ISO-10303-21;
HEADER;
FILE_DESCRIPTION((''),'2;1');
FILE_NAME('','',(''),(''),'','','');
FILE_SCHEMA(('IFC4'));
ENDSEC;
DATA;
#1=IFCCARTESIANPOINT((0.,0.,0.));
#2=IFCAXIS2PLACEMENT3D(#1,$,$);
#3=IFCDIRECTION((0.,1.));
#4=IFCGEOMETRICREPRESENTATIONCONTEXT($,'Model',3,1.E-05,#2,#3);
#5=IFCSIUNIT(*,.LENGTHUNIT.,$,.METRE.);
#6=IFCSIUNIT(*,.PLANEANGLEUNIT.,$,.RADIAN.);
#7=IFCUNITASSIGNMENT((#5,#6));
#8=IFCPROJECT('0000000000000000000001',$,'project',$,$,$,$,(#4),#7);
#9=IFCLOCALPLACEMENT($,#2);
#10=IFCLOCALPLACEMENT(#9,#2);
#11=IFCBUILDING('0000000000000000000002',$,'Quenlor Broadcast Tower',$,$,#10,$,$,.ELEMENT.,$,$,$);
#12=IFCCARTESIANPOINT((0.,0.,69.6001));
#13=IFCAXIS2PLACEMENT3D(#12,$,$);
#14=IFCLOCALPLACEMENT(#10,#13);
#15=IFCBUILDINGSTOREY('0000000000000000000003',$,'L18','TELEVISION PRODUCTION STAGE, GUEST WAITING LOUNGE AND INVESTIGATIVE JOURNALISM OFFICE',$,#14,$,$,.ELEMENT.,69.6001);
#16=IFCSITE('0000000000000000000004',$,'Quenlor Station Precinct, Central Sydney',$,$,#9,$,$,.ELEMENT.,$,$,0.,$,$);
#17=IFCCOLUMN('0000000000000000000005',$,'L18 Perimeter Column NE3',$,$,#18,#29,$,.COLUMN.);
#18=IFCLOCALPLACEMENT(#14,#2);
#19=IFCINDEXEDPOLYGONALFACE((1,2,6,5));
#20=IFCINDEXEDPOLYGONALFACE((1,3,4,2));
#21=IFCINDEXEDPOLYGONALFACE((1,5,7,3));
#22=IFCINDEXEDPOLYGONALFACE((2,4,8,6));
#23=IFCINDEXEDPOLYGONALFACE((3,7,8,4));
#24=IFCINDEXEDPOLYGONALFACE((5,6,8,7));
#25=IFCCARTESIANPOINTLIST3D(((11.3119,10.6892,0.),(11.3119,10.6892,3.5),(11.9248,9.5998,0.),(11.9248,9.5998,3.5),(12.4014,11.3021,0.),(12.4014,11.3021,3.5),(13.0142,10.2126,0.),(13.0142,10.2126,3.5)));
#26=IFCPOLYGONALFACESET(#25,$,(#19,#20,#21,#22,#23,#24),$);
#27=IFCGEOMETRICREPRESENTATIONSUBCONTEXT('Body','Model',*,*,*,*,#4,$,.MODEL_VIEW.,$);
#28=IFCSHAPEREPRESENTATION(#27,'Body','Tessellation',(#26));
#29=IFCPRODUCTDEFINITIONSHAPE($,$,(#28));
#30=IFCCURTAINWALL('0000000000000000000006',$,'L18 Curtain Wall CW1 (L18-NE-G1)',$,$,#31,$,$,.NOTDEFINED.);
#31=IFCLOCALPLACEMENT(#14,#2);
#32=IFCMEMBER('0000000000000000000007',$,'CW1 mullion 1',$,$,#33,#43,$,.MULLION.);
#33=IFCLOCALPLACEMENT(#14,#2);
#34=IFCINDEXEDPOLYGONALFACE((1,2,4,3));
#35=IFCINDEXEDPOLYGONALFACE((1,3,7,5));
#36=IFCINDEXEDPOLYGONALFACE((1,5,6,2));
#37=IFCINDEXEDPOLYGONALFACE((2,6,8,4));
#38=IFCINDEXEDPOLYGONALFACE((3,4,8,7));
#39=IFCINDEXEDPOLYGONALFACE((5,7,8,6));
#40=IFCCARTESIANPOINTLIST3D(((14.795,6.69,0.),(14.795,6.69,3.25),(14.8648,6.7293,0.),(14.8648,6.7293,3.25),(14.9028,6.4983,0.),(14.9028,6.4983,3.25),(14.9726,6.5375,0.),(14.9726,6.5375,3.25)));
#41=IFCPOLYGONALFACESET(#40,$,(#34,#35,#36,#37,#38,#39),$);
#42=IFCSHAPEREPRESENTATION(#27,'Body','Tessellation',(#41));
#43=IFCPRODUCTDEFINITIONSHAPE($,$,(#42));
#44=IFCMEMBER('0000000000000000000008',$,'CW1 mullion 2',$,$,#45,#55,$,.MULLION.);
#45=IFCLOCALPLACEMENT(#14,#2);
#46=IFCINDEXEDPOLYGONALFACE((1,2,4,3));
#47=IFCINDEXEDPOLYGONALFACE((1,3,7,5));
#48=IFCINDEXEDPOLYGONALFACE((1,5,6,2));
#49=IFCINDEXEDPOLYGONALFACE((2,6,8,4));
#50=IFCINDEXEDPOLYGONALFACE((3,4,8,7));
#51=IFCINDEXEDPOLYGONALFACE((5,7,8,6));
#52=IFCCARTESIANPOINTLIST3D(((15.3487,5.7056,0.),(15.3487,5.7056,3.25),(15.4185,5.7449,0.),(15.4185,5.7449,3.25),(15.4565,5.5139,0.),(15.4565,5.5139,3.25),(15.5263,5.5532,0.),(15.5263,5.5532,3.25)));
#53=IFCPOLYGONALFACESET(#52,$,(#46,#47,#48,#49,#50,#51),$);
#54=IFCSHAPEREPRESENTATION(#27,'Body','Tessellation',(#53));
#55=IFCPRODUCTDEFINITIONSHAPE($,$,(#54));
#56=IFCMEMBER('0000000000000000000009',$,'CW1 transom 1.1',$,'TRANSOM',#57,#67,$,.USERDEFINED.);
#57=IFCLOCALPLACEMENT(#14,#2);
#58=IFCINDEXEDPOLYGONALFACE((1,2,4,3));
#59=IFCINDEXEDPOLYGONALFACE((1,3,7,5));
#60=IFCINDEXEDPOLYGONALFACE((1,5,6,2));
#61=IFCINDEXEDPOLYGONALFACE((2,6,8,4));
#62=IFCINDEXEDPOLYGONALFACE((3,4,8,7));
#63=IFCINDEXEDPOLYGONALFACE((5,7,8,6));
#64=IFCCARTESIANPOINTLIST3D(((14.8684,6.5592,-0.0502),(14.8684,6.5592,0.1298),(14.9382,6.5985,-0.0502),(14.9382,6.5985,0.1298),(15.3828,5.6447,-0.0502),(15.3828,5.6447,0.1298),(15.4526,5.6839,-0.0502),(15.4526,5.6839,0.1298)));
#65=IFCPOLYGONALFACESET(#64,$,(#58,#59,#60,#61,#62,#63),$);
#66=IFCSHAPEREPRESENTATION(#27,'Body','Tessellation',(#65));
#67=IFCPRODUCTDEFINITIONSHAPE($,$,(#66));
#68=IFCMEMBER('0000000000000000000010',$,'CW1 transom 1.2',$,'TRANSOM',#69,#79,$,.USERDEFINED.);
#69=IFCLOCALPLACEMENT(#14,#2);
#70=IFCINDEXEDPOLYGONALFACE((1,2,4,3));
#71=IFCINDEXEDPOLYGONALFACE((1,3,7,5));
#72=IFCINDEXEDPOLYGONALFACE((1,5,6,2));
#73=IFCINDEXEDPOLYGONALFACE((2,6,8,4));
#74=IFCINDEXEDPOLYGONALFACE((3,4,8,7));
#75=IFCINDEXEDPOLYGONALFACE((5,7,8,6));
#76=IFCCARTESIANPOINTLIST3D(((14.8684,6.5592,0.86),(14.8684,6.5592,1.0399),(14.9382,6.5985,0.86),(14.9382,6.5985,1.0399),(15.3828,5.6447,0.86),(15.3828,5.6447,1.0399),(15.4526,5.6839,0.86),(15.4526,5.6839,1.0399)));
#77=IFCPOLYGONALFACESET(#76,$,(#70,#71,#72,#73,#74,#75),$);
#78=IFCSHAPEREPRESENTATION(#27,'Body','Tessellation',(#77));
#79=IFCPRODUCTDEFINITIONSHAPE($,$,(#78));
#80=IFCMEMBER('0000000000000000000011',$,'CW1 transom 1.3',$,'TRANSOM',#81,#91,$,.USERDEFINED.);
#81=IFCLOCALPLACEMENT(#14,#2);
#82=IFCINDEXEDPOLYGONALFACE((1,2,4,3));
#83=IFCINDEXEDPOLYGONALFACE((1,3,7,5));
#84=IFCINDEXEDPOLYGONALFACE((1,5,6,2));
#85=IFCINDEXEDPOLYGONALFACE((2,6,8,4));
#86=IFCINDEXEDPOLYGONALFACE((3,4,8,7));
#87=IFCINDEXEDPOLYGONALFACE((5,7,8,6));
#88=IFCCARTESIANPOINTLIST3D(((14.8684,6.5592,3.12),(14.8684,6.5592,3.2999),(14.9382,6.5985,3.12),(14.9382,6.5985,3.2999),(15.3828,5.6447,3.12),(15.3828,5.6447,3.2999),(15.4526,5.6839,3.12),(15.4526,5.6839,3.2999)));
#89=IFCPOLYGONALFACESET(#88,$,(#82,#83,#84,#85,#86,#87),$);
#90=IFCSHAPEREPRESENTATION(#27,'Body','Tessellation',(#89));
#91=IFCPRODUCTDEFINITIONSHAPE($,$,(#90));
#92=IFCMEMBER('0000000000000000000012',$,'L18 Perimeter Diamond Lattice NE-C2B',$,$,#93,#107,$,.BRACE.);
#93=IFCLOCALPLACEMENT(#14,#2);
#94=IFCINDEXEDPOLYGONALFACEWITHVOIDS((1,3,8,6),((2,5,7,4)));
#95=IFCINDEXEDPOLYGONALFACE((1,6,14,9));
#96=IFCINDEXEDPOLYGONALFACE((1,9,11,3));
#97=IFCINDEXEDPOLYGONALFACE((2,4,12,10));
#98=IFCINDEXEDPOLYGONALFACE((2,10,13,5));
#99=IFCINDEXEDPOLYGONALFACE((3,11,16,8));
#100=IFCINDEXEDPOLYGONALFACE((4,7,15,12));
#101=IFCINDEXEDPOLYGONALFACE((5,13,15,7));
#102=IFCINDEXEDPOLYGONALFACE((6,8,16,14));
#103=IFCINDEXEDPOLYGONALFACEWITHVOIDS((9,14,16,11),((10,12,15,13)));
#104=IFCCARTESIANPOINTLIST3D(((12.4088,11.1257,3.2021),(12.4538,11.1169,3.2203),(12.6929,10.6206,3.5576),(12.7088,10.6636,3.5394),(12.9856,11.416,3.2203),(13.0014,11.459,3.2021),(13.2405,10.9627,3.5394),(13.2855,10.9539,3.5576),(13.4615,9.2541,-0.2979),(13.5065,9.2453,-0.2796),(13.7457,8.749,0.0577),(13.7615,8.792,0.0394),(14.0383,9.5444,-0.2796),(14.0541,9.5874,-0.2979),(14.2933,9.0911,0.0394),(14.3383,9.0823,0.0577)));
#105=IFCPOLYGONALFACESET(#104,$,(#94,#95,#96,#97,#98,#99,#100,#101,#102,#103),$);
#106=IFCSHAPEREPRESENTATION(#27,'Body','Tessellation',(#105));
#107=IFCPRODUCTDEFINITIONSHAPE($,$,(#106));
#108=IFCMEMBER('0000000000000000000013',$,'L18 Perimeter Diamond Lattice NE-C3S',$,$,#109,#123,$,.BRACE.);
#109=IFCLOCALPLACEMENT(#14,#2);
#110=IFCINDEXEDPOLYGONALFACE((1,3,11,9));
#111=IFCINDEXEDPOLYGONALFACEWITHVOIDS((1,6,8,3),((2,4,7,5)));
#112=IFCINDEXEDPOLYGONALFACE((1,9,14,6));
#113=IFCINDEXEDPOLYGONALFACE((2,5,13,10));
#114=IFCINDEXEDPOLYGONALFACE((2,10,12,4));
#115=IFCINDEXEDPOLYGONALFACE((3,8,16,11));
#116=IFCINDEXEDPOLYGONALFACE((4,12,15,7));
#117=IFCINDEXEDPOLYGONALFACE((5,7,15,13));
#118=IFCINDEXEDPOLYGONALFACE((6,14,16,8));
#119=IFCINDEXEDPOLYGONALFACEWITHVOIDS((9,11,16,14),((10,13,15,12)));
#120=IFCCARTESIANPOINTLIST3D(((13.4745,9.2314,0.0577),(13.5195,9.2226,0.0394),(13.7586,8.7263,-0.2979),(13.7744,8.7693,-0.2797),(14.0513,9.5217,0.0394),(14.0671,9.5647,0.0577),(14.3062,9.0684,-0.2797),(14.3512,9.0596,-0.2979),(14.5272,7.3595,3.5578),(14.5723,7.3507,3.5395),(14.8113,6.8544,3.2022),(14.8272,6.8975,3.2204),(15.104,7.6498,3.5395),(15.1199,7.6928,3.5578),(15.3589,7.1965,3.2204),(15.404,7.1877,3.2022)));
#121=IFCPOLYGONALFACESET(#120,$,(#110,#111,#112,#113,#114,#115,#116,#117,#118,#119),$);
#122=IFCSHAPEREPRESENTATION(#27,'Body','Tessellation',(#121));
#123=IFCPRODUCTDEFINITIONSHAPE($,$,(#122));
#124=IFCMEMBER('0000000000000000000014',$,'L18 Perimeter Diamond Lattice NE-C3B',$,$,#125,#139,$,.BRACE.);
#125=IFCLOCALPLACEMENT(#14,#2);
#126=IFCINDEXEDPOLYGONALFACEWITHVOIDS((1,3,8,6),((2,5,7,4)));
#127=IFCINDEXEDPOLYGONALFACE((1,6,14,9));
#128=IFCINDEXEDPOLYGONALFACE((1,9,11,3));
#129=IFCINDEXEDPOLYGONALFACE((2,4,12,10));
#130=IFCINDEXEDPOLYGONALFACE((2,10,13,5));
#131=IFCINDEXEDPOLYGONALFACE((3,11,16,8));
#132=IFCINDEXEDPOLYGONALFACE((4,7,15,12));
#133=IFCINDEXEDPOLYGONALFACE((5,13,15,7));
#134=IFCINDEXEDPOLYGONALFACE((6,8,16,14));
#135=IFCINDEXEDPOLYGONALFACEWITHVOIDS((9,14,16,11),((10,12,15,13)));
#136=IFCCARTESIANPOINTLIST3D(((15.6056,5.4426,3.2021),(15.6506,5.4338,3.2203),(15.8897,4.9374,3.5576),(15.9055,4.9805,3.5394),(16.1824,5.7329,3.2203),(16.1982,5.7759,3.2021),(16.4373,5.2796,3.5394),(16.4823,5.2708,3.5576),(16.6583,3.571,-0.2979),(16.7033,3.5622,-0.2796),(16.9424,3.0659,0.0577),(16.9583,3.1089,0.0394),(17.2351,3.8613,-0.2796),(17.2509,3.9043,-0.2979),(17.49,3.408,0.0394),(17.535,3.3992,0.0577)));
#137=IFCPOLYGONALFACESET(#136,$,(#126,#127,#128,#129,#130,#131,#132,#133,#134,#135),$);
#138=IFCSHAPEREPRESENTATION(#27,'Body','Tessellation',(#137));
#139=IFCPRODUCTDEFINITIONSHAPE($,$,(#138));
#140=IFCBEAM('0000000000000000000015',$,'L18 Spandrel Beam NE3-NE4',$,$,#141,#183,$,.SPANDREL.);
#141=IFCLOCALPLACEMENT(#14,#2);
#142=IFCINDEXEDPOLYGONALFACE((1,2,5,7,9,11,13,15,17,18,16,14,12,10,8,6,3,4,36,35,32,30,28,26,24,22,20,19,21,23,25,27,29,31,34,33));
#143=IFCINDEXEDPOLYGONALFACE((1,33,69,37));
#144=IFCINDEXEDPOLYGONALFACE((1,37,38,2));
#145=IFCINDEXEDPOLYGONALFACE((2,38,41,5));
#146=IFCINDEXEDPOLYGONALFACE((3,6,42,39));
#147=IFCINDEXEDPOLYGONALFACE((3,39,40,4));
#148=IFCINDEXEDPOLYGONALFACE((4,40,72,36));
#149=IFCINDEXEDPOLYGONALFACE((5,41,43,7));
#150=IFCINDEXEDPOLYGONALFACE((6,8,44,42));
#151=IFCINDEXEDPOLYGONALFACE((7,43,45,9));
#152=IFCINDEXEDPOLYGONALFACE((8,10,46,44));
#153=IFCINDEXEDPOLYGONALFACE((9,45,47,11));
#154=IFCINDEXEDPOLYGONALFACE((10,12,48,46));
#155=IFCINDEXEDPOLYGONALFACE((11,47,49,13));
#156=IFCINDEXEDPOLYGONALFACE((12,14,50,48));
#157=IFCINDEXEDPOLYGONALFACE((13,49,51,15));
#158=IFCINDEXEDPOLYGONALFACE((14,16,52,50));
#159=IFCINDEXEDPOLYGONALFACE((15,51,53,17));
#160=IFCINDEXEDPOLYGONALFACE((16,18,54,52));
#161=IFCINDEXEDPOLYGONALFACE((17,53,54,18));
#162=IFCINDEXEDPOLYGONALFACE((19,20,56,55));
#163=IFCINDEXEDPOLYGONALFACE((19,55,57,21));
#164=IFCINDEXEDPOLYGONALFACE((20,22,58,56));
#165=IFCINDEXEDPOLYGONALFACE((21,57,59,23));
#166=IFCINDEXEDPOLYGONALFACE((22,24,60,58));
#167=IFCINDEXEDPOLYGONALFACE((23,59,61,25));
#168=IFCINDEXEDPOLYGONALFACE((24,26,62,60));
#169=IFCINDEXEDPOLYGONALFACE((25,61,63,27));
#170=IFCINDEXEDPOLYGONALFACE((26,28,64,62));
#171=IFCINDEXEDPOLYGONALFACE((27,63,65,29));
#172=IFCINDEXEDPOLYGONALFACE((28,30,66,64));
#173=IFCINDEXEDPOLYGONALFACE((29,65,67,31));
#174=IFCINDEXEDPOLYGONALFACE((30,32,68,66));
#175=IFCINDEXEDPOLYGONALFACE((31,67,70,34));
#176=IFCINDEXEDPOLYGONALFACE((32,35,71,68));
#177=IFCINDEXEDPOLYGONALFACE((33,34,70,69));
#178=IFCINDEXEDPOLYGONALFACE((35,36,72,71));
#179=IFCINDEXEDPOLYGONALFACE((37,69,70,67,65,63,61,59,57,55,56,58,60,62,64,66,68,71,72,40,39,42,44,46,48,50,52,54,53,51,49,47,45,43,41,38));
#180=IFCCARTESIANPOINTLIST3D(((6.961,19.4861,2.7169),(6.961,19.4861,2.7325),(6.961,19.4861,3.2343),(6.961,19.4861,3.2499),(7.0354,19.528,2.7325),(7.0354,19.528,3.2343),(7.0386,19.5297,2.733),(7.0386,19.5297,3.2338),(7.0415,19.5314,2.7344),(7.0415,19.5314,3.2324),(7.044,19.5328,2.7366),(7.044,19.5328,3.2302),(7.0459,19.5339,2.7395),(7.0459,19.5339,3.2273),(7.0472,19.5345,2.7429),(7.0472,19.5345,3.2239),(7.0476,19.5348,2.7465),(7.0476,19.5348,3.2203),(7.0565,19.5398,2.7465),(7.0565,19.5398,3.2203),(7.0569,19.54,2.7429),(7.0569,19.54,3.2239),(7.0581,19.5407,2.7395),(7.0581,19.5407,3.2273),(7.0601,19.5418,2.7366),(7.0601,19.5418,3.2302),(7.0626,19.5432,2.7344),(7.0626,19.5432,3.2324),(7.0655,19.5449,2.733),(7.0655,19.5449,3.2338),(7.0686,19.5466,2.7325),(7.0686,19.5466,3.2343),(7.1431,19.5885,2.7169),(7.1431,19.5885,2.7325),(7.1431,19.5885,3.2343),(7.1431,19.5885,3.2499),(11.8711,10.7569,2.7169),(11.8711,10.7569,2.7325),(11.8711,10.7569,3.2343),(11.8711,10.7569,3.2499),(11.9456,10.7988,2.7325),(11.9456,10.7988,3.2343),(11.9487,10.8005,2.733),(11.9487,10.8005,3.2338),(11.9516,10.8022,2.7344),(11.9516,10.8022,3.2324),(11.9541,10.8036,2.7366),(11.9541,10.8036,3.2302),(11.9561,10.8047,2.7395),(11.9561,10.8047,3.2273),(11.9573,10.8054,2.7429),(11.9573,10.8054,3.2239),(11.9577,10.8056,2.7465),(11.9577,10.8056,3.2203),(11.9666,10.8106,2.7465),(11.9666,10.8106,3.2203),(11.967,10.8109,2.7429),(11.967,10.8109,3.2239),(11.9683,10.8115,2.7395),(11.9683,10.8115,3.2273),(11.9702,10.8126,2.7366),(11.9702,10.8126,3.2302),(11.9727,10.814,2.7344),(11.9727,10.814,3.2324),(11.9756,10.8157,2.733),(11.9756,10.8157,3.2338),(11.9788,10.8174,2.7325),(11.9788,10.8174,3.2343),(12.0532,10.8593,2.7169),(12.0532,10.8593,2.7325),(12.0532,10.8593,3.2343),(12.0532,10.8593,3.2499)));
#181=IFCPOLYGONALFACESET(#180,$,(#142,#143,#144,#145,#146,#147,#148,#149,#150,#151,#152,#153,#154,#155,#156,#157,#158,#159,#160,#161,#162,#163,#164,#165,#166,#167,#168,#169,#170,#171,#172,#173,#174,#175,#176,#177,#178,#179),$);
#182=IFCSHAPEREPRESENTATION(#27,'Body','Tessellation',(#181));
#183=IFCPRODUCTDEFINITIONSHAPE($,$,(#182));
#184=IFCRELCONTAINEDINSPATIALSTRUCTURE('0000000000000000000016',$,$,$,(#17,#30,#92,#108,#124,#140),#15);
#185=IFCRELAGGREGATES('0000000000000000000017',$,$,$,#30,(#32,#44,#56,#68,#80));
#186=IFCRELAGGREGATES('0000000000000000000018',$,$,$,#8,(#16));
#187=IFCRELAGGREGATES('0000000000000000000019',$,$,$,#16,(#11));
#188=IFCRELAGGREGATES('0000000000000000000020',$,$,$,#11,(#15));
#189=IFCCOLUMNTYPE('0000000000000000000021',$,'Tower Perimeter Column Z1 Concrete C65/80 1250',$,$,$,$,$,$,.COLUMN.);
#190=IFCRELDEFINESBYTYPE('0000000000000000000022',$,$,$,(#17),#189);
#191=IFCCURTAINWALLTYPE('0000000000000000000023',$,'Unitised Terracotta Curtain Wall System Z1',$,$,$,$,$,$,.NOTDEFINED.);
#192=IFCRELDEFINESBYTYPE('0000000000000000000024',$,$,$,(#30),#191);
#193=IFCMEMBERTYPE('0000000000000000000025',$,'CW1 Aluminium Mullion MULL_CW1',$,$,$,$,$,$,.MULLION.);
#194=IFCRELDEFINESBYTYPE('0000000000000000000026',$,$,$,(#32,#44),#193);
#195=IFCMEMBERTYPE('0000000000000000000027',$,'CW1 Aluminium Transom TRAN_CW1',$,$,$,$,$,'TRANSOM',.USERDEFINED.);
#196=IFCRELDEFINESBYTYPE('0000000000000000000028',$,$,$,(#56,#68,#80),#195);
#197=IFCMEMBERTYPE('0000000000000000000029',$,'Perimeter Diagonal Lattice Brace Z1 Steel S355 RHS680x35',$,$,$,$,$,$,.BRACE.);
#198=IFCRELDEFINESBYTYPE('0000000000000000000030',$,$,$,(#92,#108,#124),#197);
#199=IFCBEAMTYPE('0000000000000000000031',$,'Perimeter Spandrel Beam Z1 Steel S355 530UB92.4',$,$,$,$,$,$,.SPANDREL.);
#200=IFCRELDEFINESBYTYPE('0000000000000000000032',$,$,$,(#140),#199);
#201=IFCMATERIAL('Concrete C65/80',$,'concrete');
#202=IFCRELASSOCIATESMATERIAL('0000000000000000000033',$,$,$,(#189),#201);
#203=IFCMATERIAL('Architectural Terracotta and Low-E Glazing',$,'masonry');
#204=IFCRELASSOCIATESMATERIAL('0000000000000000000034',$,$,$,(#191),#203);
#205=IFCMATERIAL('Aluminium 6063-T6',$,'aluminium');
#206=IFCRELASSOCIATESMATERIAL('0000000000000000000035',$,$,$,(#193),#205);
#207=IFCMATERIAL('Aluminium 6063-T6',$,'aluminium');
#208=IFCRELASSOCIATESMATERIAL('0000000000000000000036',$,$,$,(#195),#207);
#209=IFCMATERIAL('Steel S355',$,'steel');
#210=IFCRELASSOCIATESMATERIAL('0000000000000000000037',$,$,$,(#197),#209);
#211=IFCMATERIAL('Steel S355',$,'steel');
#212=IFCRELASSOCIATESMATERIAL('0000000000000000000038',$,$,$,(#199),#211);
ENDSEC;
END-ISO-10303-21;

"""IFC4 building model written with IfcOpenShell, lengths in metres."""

from ifc_helpers import new_model, si_unit, direction, frame, origin, origin_2d, place, context, subcontext, project, spatial, rectangle, hollow_rectangle, i_section, extrude, material, material_profile, profile_set, type_object, element, aggregate, save


model = new_model("IFC4")

# Units and contexts
model_context = context("Model", 3, precision=1e-05, world=origin(), true_north=direction((0.0, 1.0)))
body_context = subcontext(model_context, "Body", "Model", "MODEL_VIEW")
ifc_project = project(units=[si_unit("LENGTHUNIT", "METRE"), si_unit("PLANEANGLEUNIT", "RADIAN")], contexts=[model_context])

# Site, building, storey
site_placement = place(None, origin())
site = spatial("IfcSite", under=ifc_project, at=site_placement, Name="Quenlor Station Precinct, Central Sydney", CompositionType="ELEMENT", RefElevation=0.0)
building_placement = place(site_placement, origin())
building = spatial("IfcBuilding", under=site, at=building_placement, Name="Quenlor Broadcast Tower", CompositionType="ELEMENT")
storey_placement = place(building_placement, frame((0.0, 0.0, 69.6001)))
storey = spatial("IfcBuildingStorey", under=building, at=storey_placement, Name="L18", Description="TELEVISION PRODUCTION STAGE, GUEST WAITING LOUNGE AND INVESTIGATIVE JOURNALISM OFFICE", CompositionType="ELEMENT", Elevation=69.6001)

# Column
ifc_material_1 = material(Name="Concrete C65/80", Category="concrete")
ifc_material_profile_1 = material_profile(ifc_material_1, rectangle(XDim=1.25, YDim=1.25, at=origin_2d()))
ifc_profile_set_1 = profile_set([ifc_material_profile_1], Name="Concrete C65/80 RC1250x1250")
column_type = type_object("IfcColumnType", Name="Tower Perimeter Column Z1 Concrete C65/80 1250", PredefinedType="COLUMN", material=ifc_profile_set_1)
column_placement = place(storey_placement, frame((12.1631, 10.4509, 0.0), z_axis=(0.0, 0.0, 1.0), x_axis=(0.871575, 0.490262, 0.0)))
element("IfcColumn", 1, at=column_placement, inside=storey, type_object=column_type, Name="L18 Perimeter Column NE3", PredefinedType="COLUMN", context=body_context, shape_type="SweptSolid", body=[
    extrude(rectangle(XDim=1.25, YDim=1.25, at=origin_2d()), origin(), (0.0, 0.0, 1.0), 3.5),
])

# Curtain wall, members
ifc_material_2 = material(Name="Architectural Terracotta and Low-E Glazing", Category="masonry")
curtain_wall_type = type_object("IfcCurtainWallType", Name="Unitised Terracotta Curtain Wall System Z1", PredefinedType="NOTDEFINED", material=ifc_material_2)
curtain_wall_placement = place(storey_placement, origin())
curtain_wall = element("IfcCurtainWall", 2, at=curtain_wall_placement, inside=storey, type_object=curtain_wall_type, Name="L18 Curtain Wall CW1 (L18-NE-G1)", PredefinedType="NOTDEFINED")
ifc_material_3 = material(Name="Aluminium 6063-T6", Category="aluminium")
ifc_material_profile_2 = material_profile(ifc_material_3, rectangle(XDim=0.0801, YDim=0.22, at=origin_2d()))
ifc_profile_set_2 = profile_set([ifc_material_profile_2], Name="Aluminium 6063-T6 MULL80x220")
member_type_1 = type_object("IfcMemberType", Name="CW1 Aluminium Mullion MULL_CW1", PredefinedType="MULLION", material=ifc_profile_set_2)
member_1_placement = place(storey_placement, frame((14.8838, 6.6138, 0.0), z_axis=(0.0, 0.0, 1.0), x_axis=(0.871567, 0.490277, 0.0)))
member_1 = element("IfcMember", 3, at=member_1_placement, type_object=member_type_1, Name="CW1 mullion 1", PredefinedType="MULLION", context=body_context, shape_type="SweptSolid", body=[
    extrude(rectangle(XDim=0.0801, YDim=0.22, at=origin_2d()), origin(), (0.0, 0.0, 1.0), 3.25),
])
member_2_placement = place(storey_placement, frame((15.4375, 5.6294, 0.0), z_axis=(0.0, 0.0, 1.0), x_axis=(0.871567, 0.490277, 0.0)))
member_2 = element("IfcMember", 4, at=member_2_placement, type_object=member_type_1, Name="CW1 mullion 2", PredefinedType="MULLION", context=body_context, shape_type="SweptSolid", body=[
    extrude(rectangle(XDim=0.0801, YDim=0.22, at=origin_2d()), origin(), (0.0, 0.0, 1.0), 3.25),
])
ifc_material_4 = material(Name="Aluminium 6063-T6", Category="aluminium")
ifc_material_profile_3 = material_profile(ifc_material_4, rectangle(XDim=0.0801, YDim=0.1799, at=origin_2d()))
ifc_profile_set_3 = profile_set([ifc_material_profile_3], Name="Aluminium 6063-T6 TRAN80x180")
member_type_2 = type_object("IfcMemberType", Name="CW1 Aluminium Transom TRAN_CW1", ElementType="TRANSOM", PredefinedType="USERDEFINED", material=ifc_profile_set_3)
member_3_placement = place(storey_placement, frame((14.9033, 6.5789, 0.0398), z_axis=(0.490239, -0.871588, 0.0), x_axis=(0.871588, 0.490239, 0.0)))
member_3 = element("IfcMember", 5, at=member_3_placement, type_object=member_type_2, Name="CW1 transom 1.1", ObjectType="TRANSOM", PredefinedType="USERDEFINED", context=body_context, shape_type="SweptSolid", body=[
    extrude(rectangle(XDim=0.0801, YDim=0.1799, at=origin_2d()), origin(), (0.0, 0.0, 1.0), 1.0493),
])
member_4_placement = place(storey_placement, frame((14.9033, 6.5789, 0.95), z_axis=(0.490239, -0.871588, 0.0), x_axis=(0.871588, 0.490239, 0.0)))
member_4 = element("IfcMember", 6, at=member_4_placement, type_object=member_type_2, Name="CW1 transom 1.2", ObjectType="TRANSOM", PredefinedType="USERDEFINED", context=body_context, shape_type="SweptSolid", body=[
    extrude(rectangle(XDim=0.0801, YDim=0.1799, at=origin_2d()), origin(), (0.0, 0.0, 1.0), 1.0493),
])
member_5_placement = place(storey_placement, frame((14.9033, 6.5789, 3.21), z_axis=(0.490239, -0.871588, 0.0), x_axis=(0.871588, 0.490239, 0.0)))
member_5 = element("IfcMember", 7, at=member_5_placement, type_object=member_type_2, Name="CW1 transom 1.3", ObjectType="TRANSOM", PredefinedType="USERDEFINED", context=body_context, shape_type="SweptSolid", body=[
    extrude(rectangle(XDim=0.0801, YDim=0.1799, at=origin_2d()), origin(), (0.0, 0.0, 1.0), 1.0493),
])

# Members
ifc_material_5 = material(Name="Steel S355", Category="steel")
ifc_material_profile_4 = material_profile(ifc_material_5, hollow_rectangle(XDim=0.6799, YDim=0.6799, WallThickness=0.0349, at=origin_2d()))
ifc_profile_set_4 = profile_set([ifc_material_profile_4], Name="Steel S355 RHS680x680x35")
member_type_3 = type_object("IfcMemberType", Name="Perimeter Diagonal Lattice Brace Z1 Steel S355 RHS680x35", PredefinedType="BRACE", material=ifc_profile_set_4)
member_6_placement = place(storey_placement, frame((13.8999, 9.1682, -0.1201), z_axis=(-0.256375, 0.455792, 0.852365), x_axis=(-0.871582, -0.49025, 0.0)))
element("IfcMember", 8, at=member_6_placement, inside=storey, type_object=member_type_3, Name="L18 Perimeter Diamond Lattice NE-C2B", PredefinedType="BRACE", context=body_context, shape_type="SweptSolid", body=[
    extrude(hollow_rectangle(XDim=0.6799, YDim=0.6799, WallThickness=0.0349, at=origin_2d()), origin(), (0.0, 0.0, 1.0), 4.1062),
])
member_7_placement = place(storey_placement, frame((13.9128, 9.1455, -0.1201), z_axis=(0.256368, -0.455839, 0.852342), x_axis=(0.871609, 0.490202, 0.0)))
element("IfcMember", 9, at=member_7_placement, inside=storey, type_object=member_type_3, Name="L18 Perimeter Diamond Lattice NE-C3S", PredefinedType="BRACE", context=body_context, shape_type="SweptSolid", body=[
    extrude(hollow_rectangle(XDim=0.6799, YDim=0.6799, WallThickness=0.0349, at=origin_2d()), origin(), (0.0, 0.0, 1.0), 4.1064),
])
member_8_placement = place(storey_placement, frame((17.0967, 3.4851, -0.1201), z_axis=(-0.256375, 0.455792, 0.852365), x_axis=(-0.871582, -0.49025, 0.0)))
element("IfcMember", 10, at=member_8_placement, inside=storey, type_object=member_type_3, Name="L18 Perimeter Diamond Lattice NE-C3B", PredefinedType="BRACE", context=body_context, shape_type="SweptSolid", body=[
    extrude(hollow_rectangle(XDim=0.6799, YDim=0.6799, WallThickness=0.0349, at=origin_2d()), origin(), (0.0, 0.0, 1.0), 4.1062),
])

# Beam
ifc_material_6 = material(Name="Steel S355", Category="steel")
ifc_material_profile_5 = material_profile(ifc_material_6, i_section(OverallWidth=0.209, OverallDepth=0.533, WebThickness=0.0103, FlangeThickness=0.0156, FilletRadius=0.0139, at=origin_2d()))
ifc_profile_set_5 = profile_set([ifc_material_profile_5], Name="Steel S355 530UB92.4")
beam_type_1 = type_object("IfcBeamType", Name="Perimeter Spandrel Beam Z1 Steel S355 530UB92.4", PredefinedType="SPANDREL", material=ifc_profile_set_5)
beam_1_placement = place(storey_placement, frame((11.9622, 10.8081, 2.9834), z_axis=(-0.490258, 0.871577, 0.0), x_axis=(-0.871577, -0.490258, 0.0)))
element("IfcBeam", 11, at=beam_1_placement, inside=storey, type_object=beam_type_1, Name="L18 Spandrel Beam NE3-NE4", PredefinedType="SPANDREL", context=body_context, shape_type="SweptSolid", body=[
    extrude(i_section(OverallWidth=0.209, OverallDepth=0.533, WebThickness=0.0103, FlangeThickness=0.0156, FilletRadius=0.0139, at=origin_2d()), origin(), (0.0, 0.0, 1.0), 10.0154),
])

aggregate(curtain_wall, [member_1, member_2, member_3, member_4, member_5])

save(model, "model.ifc")
